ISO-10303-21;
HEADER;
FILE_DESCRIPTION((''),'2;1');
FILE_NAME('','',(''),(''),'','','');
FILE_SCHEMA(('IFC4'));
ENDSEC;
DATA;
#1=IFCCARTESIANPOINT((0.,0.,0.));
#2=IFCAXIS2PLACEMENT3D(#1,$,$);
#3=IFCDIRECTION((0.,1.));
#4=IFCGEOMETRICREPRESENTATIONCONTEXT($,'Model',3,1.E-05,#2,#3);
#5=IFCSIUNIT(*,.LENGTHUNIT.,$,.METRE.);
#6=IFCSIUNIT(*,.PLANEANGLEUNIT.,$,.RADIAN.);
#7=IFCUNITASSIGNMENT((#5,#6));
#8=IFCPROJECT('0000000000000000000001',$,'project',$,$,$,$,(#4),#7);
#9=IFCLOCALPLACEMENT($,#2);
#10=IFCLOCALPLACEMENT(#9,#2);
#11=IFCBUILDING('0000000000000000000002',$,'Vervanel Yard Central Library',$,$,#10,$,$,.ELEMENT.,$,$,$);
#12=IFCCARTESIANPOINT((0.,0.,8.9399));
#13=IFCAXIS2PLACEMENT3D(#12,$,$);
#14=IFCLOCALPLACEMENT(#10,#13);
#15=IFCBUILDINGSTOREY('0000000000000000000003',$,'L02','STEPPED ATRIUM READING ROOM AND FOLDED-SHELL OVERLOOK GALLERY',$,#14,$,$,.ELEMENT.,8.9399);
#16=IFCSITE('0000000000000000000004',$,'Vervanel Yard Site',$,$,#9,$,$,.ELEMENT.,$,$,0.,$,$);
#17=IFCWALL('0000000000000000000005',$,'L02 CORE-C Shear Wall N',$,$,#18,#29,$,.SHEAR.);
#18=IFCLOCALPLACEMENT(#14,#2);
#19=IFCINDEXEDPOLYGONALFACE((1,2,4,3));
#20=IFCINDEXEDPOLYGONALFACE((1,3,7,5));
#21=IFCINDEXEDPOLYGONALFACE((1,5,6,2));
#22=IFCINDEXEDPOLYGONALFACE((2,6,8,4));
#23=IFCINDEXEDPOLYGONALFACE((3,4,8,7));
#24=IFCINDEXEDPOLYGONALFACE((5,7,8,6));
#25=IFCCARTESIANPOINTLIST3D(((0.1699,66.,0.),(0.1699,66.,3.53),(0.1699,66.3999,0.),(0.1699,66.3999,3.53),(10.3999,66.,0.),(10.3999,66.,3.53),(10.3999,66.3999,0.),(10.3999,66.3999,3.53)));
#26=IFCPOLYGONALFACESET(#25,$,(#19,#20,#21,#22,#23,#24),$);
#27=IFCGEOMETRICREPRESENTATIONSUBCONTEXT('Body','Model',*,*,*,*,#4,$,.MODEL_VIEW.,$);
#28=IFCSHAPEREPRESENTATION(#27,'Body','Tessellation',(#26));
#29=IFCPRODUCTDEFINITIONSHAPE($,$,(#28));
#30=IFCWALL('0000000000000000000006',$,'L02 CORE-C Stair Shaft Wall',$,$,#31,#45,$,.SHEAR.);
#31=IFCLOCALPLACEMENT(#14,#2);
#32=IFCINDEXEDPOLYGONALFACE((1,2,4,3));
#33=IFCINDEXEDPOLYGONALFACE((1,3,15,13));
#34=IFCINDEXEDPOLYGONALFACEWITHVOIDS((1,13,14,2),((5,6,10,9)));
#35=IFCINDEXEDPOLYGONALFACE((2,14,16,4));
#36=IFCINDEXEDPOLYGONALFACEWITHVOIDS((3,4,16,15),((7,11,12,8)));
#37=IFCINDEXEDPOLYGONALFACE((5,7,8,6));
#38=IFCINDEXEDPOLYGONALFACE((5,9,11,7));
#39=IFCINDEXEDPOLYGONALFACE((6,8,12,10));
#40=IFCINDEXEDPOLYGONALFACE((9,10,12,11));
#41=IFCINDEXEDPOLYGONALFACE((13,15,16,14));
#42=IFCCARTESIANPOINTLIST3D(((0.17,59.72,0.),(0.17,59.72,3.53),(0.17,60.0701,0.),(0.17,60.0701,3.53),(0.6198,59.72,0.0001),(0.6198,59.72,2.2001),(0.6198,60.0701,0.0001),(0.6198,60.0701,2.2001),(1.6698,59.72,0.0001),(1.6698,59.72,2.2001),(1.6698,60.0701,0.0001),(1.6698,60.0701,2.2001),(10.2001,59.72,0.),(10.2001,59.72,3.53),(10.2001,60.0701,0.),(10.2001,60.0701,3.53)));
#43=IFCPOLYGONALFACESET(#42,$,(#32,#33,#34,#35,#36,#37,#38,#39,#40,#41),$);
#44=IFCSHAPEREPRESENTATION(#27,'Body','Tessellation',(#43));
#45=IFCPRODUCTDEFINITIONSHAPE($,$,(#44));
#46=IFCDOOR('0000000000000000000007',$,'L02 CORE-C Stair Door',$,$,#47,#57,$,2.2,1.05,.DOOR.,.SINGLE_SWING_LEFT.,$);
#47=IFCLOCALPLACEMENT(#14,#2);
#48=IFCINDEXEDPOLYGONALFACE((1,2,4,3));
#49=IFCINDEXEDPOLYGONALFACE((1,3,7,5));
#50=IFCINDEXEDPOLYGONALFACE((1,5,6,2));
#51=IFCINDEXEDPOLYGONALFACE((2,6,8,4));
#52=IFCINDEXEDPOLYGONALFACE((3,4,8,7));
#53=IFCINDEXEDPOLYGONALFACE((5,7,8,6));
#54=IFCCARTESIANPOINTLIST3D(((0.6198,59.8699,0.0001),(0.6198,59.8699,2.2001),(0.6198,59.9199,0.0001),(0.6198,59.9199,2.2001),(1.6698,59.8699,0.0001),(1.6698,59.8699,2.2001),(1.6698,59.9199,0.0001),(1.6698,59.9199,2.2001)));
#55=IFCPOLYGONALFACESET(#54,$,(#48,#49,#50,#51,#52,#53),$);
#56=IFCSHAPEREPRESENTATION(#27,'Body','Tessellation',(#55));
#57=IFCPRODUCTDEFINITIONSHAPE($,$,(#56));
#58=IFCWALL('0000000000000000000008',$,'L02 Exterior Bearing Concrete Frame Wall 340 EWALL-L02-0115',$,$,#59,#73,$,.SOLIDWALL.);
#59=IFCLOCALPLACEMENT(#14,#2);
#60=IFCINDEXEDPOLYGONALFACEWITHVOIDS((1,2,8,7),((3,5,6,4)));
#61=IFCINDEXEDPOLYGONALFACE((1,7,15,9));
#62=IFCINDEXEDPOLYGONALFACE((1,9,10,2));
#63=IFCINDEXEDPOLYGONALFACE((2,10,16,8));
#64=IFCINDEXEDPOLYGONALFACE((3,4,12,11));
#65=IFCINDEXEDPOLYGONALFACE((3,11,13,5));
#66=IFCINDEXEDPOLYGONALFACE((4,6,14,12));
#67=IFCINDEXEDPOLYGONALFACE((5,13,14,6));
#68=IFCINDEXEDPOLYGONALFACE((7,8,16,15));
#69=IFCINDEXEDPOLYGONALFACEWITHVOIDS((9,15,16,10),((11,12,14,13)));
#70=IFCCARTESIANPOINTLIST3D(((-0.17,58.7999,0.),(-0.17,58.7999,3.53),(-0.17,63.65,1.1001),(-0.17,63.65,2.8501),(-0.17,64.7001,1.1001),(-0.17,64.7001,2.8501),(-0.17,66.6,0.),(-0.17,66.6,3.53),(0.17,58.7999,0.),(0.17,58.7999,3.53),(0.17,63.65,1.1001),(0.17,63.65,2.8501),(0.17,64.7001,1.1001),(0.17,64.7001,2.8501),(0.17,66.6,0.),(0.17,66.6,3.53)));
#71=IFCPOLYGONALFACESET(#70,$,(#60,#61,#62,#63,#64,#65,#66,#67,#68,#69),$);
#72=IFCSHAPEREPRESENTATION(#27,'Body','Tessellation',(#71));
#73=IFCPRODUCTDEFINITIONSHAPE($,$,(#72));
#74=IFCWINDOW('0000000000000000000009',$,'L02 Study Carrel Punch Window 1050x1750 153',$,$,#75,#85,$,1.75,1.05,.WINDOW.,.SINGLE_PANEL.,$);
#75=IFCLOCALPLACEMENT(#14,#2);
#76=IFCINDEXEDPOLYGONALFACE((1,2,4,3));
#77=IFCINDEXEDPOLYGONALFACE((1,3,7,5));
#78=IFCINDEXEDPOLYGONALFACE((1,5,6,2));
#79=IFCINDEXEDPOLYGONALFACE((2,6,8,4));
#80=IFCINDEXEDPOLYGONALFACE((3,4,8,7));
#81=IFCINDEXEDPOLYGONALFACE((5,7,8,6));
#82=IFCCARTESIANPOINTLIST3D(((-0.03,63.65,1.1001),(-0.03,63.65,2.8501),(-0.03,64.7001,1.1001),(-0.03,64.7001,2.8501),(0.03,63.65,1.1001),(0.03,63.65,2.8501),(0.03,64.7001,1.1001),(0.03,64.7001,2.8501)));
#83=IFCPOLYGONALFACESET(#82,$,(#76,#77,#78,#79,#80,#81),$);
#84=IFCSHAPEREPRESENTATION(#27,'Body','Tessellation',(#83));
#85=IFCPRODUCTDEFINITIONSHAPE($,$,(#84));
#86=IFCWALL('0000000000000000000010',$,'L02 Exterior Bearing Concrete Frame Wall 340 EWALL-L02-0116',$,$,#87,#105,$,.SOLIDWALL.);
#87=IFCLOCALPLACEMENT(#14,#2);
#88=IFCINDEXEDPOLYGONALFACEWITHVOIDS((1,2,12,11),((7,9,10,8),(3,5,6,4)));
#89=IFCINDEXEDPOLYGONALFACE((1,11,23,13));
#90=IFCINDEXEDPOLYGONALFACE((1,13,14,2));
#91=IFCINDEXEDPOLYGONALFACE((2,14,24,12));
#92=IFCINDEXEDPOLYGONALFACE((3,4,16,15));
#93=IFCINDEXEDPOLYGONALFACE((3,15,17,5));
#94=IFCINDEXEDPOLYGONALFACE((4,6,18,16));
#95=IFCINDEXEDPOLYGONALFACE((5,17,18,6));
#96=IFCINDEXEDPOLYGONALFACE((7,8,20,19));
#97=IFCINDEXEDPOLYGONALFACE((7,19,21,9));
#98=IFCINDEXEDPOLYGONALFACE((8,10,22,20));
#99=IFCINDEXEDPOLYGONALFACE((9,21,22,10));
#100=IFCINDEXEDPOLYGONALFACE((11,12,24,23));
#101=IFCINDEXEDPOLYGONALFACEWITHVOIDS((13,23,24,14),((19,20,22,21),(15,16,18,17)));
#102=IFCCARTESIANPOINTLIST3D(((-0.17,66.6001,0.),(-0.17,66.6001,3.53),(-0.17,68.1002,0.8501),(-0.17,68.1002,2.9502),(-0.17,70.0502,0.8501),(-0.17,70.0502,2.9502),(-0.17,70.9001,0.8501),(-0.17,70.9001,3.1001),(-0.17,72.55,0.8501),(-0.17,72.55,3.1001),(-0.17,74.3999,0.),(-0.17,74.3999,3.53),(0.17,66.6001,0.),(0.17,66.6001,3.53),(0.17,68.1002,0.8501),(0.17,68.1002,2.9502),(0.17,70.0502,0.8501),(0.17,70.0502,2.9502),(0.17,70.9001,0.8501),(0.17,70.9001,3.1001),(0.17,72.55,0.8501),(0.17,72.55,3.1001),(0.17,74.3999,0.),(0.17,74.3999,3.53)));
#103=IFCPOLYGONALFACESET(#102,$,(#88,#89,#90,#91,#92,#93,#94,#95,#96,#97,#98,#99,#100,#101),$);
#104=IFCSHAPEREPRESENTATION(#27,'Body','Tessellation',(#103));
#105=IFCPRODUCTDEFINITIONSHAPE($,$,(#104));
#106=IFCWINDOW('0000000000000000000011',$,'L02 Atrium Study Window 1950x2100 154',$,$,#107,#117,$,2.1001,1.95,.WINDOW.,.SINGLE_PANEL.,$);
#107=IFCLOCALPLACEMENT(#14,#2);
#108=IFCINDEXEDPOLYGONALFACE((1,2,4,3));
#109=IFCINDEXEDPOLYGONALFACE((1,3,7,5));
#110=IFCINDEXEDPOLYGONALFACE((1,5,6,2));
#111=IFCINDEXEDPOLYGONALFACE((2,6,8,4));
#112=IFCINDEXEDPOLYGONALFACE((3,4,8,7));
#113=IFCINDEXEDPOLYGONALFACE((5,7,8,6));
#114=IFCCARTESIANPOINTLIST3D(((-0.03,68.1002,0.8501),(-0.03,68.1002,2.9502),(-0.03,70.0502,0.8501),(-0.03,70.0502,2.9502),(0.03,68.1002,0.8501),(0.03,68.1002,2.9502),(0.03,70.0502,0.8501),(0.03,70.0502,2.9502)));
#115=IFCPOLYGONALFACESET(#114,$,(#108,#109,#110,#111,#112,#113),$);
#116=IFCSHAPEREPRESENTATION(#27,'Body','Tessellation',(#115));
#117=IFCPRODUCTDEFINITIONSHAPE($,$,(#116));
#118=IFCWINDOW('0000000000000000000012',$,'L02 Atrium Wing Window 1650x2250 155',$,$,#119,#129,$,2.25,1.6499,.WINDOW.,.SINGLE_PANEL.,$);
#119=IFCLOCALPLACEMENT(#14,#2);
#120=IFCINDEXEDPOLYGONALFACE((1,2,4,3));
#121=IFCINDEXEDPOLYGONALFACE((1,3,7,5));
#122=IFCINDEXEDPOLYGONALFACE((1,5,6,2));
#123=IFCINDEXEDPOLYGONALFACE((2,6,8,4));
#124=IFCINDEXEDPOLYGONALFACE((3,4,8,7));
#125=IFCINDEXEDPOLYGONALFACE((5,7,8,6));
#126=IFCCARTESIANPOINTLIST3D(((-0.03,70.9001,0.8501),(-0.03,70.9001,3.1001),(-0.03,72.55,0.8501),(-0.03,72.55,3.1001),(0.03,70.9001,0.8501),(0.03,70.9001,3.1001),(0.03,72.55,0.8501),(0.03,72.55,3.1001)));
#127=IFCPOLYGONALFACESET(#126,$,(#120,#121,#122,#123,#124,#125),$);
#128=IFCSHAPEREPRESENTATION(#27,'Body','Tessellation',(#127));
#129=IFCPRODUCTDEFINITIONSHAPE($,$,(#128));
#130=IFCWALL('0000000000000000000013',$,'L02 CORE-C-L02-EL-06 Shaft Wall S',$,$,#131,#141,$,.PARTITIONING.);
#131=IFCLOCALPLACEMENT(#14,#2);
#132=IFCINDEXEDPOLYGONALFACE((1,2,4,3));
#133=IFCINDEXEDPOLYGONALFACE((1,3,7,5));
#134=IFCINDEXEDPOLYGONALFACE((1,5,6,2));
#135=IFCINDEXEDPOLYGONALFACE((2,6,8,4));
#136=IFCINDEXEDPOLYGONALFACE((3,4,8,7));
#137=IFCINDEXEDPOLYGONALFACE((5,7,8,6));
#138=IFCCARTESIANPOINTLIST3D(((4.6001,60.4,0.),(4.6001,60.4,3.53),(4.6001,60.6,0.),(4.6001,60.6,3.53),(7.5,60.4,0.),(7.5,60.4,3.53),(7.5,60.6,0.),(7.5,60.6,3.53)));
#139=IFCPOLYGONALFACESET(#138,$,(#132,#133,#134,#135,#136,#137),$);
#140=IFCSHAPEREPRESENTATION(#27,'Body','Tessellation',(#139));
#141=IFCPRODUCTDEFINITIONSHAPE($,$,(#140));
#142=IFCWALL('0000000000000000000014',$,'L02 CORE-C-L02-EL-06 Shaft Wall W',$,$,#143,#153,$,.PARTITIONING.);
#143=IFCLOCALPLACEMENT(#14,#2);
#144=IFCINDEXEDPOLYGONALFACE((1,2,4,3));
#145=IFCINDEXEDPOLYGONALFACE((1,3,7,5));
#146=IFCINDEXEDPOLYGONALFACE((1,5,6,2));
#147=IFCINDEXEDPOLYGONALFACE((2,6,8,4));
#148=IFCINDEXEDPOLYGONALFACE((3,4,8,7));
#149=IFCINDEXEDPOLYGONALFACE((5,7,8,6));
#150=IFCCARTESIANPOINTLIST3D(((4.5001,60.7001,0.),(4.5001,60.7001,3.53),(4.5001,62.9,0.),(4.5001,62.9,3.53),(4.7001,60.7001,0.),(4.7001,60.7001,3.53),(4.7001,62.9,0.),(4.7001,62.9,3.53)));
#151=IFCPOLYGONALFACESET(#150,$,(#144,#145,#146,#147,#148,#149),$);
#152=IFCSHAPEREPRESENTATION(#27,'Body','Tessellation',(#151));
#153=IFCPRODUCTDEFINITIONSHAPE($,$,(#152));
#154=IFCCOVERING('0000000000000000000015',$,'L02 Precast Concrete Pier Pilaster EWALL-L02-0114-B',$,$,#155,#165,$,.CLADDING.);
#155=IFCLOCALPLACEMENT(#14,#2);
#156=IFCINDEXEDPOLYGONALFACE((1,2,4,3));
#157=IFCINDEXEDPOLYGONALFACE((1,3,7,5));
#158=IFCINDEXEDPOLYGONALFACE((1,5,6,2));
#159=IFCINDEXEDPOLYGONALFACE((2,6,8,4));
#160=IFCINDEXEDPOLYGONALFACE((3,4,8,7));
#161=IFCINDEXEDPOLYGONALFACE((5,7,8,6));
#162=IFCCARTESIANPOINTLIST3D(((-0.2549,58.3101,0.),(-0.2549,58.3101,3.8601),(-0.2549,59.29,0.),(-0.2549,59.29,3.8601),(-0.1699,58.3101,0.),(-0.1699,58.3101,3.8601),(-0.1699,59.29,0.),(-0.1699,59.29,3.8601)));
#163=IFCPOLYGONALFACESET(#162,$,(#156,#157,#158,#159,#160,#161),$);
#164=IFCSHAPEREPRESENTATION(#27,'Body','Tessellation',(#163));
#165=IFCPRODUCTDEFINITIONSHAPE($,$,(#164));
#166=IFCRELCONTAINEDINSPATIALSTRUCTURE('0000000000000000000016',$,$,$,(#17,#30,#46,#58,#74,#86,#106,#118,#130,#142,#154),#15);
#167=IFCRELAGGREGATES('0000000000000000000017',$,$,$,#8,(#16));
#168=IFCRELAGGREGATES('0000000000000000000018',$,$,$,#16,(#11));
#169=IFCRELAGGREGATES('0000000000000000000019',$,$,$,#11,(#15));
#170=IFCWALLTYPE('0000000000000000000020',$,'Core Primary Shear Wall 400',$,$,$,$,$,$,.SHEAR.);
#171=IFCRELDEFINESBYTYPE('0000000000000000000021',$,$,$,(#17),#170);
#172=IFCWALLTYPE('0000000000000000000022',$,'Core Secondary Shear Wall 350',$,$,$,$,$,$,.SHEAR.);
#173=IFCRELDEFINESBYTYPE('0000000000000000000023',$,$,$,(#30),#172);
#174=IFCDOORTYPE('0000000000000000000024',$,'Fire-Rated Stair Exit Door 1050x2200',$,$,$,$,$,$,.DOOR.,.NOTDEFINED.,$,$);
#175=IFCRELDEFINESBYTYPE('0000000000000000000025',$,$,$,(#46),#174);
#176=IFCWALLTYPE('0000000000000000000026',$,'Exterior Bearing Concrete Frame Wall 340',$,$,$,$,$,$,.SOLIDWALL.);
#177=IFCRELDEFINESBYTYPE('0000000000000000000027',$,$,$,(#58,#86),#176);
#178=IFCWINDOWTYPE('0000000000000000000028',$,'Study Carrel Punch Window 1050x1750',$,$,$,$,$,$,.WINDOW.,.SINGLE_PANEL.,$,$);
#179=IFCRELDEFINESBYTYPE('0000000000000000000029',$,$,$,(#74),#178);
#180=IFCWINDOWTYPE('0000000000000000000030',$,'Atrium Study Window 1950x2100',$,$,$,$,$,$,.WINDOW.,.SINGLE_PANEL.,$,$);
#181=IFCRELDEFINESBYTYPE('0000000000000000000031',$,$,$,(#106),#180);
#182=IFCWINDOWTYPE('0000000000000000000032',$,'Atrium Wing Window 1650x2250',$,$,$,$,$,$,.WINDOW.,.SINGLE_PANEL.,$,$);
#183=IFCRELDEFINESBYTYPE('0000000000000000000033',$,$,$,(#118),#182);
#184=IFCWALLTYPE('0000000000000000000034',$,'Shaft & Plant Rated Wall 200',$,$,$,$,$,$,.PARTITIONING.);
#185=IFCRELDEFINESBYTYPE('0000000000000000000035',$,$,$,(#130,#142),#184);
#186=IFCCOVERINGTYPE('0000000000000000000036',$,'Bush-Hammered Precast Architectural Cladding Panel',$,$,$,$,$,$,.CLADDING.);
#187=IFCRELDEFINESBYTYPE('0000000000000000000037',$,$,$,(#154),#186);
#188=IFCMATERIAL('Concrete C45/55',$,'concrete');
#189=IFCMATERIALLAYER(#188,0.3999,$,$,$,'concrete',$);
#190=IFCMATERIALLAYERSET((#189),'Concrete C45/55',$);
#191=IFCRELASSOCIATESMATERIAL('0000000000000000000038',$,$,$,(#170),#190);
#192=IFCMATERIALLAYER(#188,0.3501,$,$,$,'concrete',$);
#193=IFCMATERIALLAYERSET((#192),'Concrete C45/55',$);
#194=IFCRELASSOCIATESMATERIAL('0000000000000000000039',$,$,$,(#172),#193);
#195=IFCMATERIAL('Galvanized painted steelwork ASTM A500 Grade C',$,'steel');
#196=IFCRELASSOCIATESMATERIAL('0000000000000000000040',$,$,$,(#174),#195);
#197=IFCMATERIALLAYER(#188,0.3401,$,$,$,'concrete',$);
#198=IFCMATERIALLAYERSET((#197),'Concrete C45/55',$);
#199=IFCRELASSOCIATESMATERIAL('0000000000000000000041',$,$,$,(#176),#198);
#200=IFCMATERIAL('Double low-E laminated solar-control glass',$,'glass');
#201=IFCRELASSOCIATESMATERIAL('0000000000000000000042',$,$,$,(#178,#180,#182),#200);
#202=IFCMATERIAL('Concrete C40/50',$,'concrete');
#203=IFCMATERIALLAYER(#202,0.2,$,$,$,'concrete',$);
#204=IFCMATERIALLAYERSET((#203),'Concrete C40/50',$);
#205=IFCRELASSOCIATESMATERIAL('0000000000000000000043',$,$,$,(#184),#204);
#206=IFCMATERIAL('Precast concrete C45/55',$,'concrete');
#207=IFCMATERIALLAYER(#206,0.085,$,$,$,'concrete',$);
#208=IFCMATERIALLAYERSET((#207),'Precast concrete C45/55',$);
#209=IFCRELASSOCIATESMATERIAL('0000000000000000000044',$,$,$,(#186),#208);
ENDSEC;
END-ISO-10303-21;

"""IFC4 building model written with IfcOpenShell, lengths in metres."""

from ifc_helpers import new_model, si_unit, direction, frame, frame_2d, origin, origin_2d, place, context, subcontext, project, spatial, rectangle, extrude, material, layer, layer_set, type_object, element, fill, save


model = new_model("IFC4")

# Units and contexts
model_context = context("Model", 3, precision=1e-05, world=origin(), true_north=direction((0.0, 1.0)))
body_context = subcontext(model_context, "Body", "Model", "MODEL_VIEW")
ifc_project = project(units=[si_unit("LENGTHUNIT", "METRE"), si_unit("PLANEANGLEUNIT", "RADIAN")], contexts=[model_context])

# Site, building, storey
site_placement = place(None, origin())
site = spatial("IfcSite", under=ifc_project, at=site_placement, Name="Vervanel Yard Site", CompositionType="ELEMENT", RefElevation=0.0)
building_placement = place(site_placement, origin())
building = spatial("IfcBuilding", under=site, at=building_placement, Name="Vervanel Yard Central Library", CompositionType="ELEMENT")
storey_placement = place(building_placement, frame((0.0, 0.0, 8.9399)))
storey = spatial("IfcBuildingStorey", under=building, at=storey_placement, Name="L02", Description="STEPPED ATRIUM READING ROOM AND FOLDED-SHELL OVERLOOK GALLERY", CompositionType="ELEMENT", Elevation=8.9399)

# Wall
ifc_material_1 = material(Name="Concrete C45/55", Category="concrete")
ifc_layer_1 = layer(ifc_material_1, 0.3999, Category="concrete")
ifc_layer_set_1 = layer_set([ifc_layer_1], Name="Concrete C45/55")
wall_type_1 = type_object("IfcWallType", Name="Core Primary Shear Wall 400", PredefinedType="SHEAR", material=ifc_layer_set_1)
wall_1_placement = place(storey_placement, frame((0.1699, 66.2, 0.0), z_axis=(0.0, 0.0, 1.0), x_axis=(1.0, 0.0, 0.0)))
element("IfcWall", 1, at=wall_1_placement, inside=storey, type_object=wall_type_1, Name="L02 CORE-C Shear Wall N", PredefinedType="SHEAR", context=body_context, shape_type="SweptSolid", body=[
    extrude(rectangle(XDim=10.23, YDim=0.3999, at=frame_2d((5.115, 0.0))), origin(), (0.0, 0.0, 1.0), 3.53),
])

# Wall, opening, door
ifc_layer_2 = layer(ifc_material_1, 0.3501, Category="concrete")
ifc_layer_set_2 = layer_set([ifc_layer_2], Name="Concrete C45/55")
wall_type_2 = type_object("IfcWallType", Name="Core Secondary Shear Wall 350", PredefinedType="SHEAR", material=ifc_layer_set_2)
wall_2_placement = place(storey_placement, frame((0.1699, 59.895, 0.0), z_axis=(0.0, 0.0, 1.0), x_axis=(1.0, 0.0, 0.0)))
wall_2 = element("IfcWall", 2, at=wall_2_placement, inside=storey, type_object=wall_type_2, Name="L02 CORE-C Stair Shaft Wall", PredefinedType="SHEAR", context=body_context, shape_type="SweptSolid", body=[
    extrude(rectangle(XDim=10.03, YDim=0.3501, at=frame_2d((5.0151, 0.0))), origin(), (0.0, 0.0, 1.0), 3.53),
])
opening_1_placement = place(wall_2_placement, frame((0.45, 0.0, 0.0)))
opening_1 = element("IfcOpeningElement", 3, at=opening_1_placement, cuts=wall_2, PredefinedType="OPENING", context=body_context, shape_type="SweptSolid", body=[
    extrude(rectangle(XDim=1.05, YDim=2.2, at=frame_2d((0.5249, 1.1001))), frame((0.0, 0.1851, 0.0), z_axis=(0.0, -1.0, 0.0), x_axis=(1.0, 0.0, 0.0)), (0.0, 0.0, 1.0), 0.3701),
])
ifc_material_2 = material(Name="Galvanized painted steelwork ASTM A500 Grade C", Category="steel")
door_type = type_object("IfcDoorType", Name="Fire-Rated Stair Exit Door 1050x2200", OperationType="NOTDEFINED", PredefinedType="DOOR", material=ifc_material_2)
door_placement = place(opening_1_placement, origin())
door = element("IfcDoor", 4, at=door_placement, inside=storey, type_object=door_type, Name="L02 CORE-C Stair Door", OperationType="SINGLE_SWING_LEFT", OverallHeight=2.2, OverallWidth=1.05, PredefinedType="DOOR", context=body_context, shape_type="SweptSolid", body=[
    extrude(rectangle(XDim=1.05, YDim=2.2, at=frame_2d((0.5249, 1.1001))), frame((0.0, 0.0249, 0.0), z_axis=(0.0, -1.0, 0.0), x_axis=(1.0, 0.0, 0.0)), (0.0, 0.0, 1.0), 0.05),
])
fill(opening_1, door)

# Wall, opening, window
ifc_layer_3 = layer(ifc_material_1, 0.3401, Category="concrete")
ifc_layer_set_3 = layer_set([ifc_layer_3], Name="Concrete C45/55")
wall_type_3 = type_object("IfcWallType", Name="Exterior Bearing Concrete Frame Wall 340", PredefinedType="SOLIDWALL", material=ifc_layer_set_3)
wall_3_placement = place(storey_placement, frame((0.0, 58.8, 0.0), z_axis=(0.0, 0.0, 1.0), x_axis=(0.0, 1.0, 0.0)))
wall_3 = element("IfcWall", 5, at=wall_3_placement, inside=storey, type_object=wall_type_3, Name="L02 Exterior Bearing Concrete Frame Wall 340 EWALL-L02-0115", PredefinedType="SOLIDWALL", context=body_context, shape_type="SweptSolid", body=[
    extrude(rectangle(XDim=7.8, YDim=0.3401, at=frame_2d((3.8999, 0.0))), origin(), (0.0, 0.0, 1.0), 3.53),
])
opening_2_placement = place(wall_3_placement, frame((4.8501, 0.0, 1.1001)))
opening_2 = element("IfcOpeningElement", 6, at=opening_2_placement, cuts=wall_3, PredefinedType="OPENING", context=body_context, shape_type="SweptSolid", body=[
    extrude(rectangle(XDim=1.05, YDim=1.75, at=frame_2d((0.5249, 0.875))), frame((0.0, 0.1799, 0.0), z_axis=(0.0, -1.0, 0.0), x_axis=(1.0, 0.0, 0.0)), (0.0, 0.0, 1.0), 0.3601),
])
ifc_material_3 = material(Name="Double low-E laminated solar-control glass", Category="glass")
window_type_1 = type_object("IfcWindowType", Name="Study Carrel Punch Window 1050x1750", PartitioningType="SINGLE_PANEL", PredefinedType="WINDOW", material=ifc_material_3)
window_1_placement = place(opening_2_placement, origin())
window_1 = element("IfcWindow", 7, at=window_1_placement, inside=storey, type_object=window_type_1, Name="L02 Study Carrel Punch Window 1050x1750 153", OverallHeight=1.75, OverallWidth=1.05, PartitioningType="SINGLE_PANEL", PredefinedType="WINDOW", context=body_context, shape_type="SweptSolid", body=[
    extrude(rectangle(XDim=1.05, YDim=1.75, at=frame_2d((0.5249, 0.875))), frame((0.0, 0.03, 0.0), z_axis=(0.0, -1.0, 0.0), x_axis=(1.0, 0.0, 0.0)), (0.0, 0.0, 1.0), 0.0601),
])
fill(opening_2, window_1)

# Wall, openings, windows
wall_4_placement = place(storey_placement, frame((0.0, 66.6001, 0.0), z_axis=(0.0, 0.0, 1.0), x_axis=(0.0, 1.0, 0.0)))
wall_4 = element("IfcWall", 8, at=wall_4_placement, inside=storey, type_object=wall_type_3, Name="L02 Exterior Bearing Concrete Frame Wall 340 EWALL-L02-0116", PredefinedType="SOLIDWALL", context=body_context, shape_type="SweptSolid", body=[
    extrude(rectangle(XDim=7.7998, YDim=0.3401, at=frame_2d((3.8999, 0.0))), origin(), (0.0, 0.0, 1.0), 3.53),
])
opening_3_placement = place(wall_4_placement, frame((1.5, 0.0, 0.8501)))
opening_3 = element("IfcOpeningElement", 9, at=opening_3_placement, cuts=wall_4, PredefinedType="OPENING", context=body_context, shape_type="SweptSolid", body=[
    extrude(rectangle(XDim=1.95, YDim=2.1001, at=frame_2d((0.9751, 1.05))), frame((0.0, 0.1799, 0.0), z_axis=(0.0, -1.0, 0.0), x_axis=(1.0, 0.0, 0.0)), (0.0, 0.0, 1.0), 0.3601),
])
opening_4_placement = place(wall_4_placement, frame((4.3, 0.0, 0.8501)))
opening_4 = element("IfcOpeningElement", 10, at=opening_4_placement, cuts=wall_4, PredefinedType="OPENING", context=body_context, shape_type="SweptSolid", body=[
    extrude(rectangle(XDim=1.6499, YDim=2.25, at=frame_2d((0.825, 1.125))), frame((0.0, 0.1799, 0.0), z_axis=(0.0, -1.0, 0.0), x_axis=(1.0, 0.0, 0.0)), (0.0, 0.0, 1.0), 0.3601),
])
window_type_2 = type_object("IfcWindowType", Name="Atrium Study Window 1950x2100", PartitioningType="SINGLE_PANEL", PredefinedType="WINDOW", material=ifc_material_3)
window_2_placement = place(opening_3_placement, origin())
window_2 = element("IfcWindow", 11, at=window_2_placement, inside=storey, type_object=window_type_2, Name="L02 Atrium Study Window 1950x2100 154", OverallHeight=2.1001, OverallWidth=1.95, PartitioningType="SINGLE_PANEL", PredefinedType="WINDOW", context=body_context, shape_type="SweptSolid", body=[
    extrude(rectangle(XDim=1.95, YDim=2.1001, at=frame_2d((0.9751, 1.05))), frame((0.0, 0.03, 0.0), z_axis=(0.0, -1.0, 0.0), x_axis=(1.0, 0.0, 0.0)), (0.0, 0.0, 1.0), 0.0601),
])
fill(opening_3, window_2)
window_type_3 = type_object("IfcWindowType", Name="Atrium Wing Window 1650x2250", PartitioningType="SINGLE_PANEL", PredefinedType="WINDOW", material=ifc_material_3)
window_3_placement = place(opening_4_placement, origin())
window_3 = element("IfcWindow", 12, at=window_3_placement, inside=storey, type_object=window_type_3, Name="L02 Atrium Wing Window 1650x2250 155", OverallHeight=2.25, OverallWidth=1.6499, PartitioningType="SINGLE_PANEL", PredefinedType="WINDOW", context=body_context, shape_type="SweptSolid", body=[
    extrude(rectangle(XDim=1.6499, YDim=2.25, at=frame_2d((0.825, 1.125))), frame((0.0, 0.03, 0.0), z_axis=(0.0, -1.0, 0.0), x_axis=(1.0, 0.0, 0.0)), (0.0, 0.0, 1.0), 0.0601),
])
fill(opening_4, window_3)

# Walls
ifc_material_4 = material(Name="Concrete C40/50", Category="concrete")
ifc_layer_4 = layer(ifc_material_4, 0.2, Category="concrete")
ifc_layer_set_4 = layer_set([ifc_layer_4], Name="Concrete C40/50")
wall_type_4 = type_object("IfcWallType", Name="Shaft & Plant Rated Wall 200", PredefinedType="PARTITIONING", material=ifc_layer_set_4)
wall_5_placement = place(storey_placement, frame((4.6001, 60.5, 0.0), z_axis=(0.0, 0.0, 1.0), x_axis=(1.0, 0.0, 0.0)))
element("IfcWall", 13, at=wall_5_placement, inside=storey, type_object=wall_type_4, Name="L02 CORE-C-L02-EL-06 Shaft Wall S", PredefinedType="PARTITIONING", context=body_context, shape_type="SweptSolid", body=[
    extrude(rectangle(XDim=2.8999, YDim=0.2, at=frame_2d((1.45, 0.0))), origin(), (0.0, 0.0, 1.0), 3.53),
])
wall_6_placement = place(storey_placement, frame((4.6001, 60.7, 0.0), z_axis=(0.0, 0.0, 1.0), x_axis=(0.0, 1.0, 0.0)))
element("IfcWall", 14, at=wall_6_placement, inside=storey, type_object=wall_type_4, Name="L02 CORE-C-L02-EL-06 Shaft Wall W", PredefinedType="PARTITIONING", context=body_context, shape_type="SweptSolid", body=[
    extrude(rectangle(XDim=2.2, YDim=0.2, at=frame_2d((1.1001, 0.0))), origin(), (0.0, 0.0, 1.0), 3.53),
])

# Covering
ifc_material_5 = material(Name="Precast concrete C45/55", Category="concrete")
ifc_layer_5 = layer(ifc_material_5, 0.085, Category="concrete")
ifc_layer_set_5 = layer_set([ifc_layer_5], Name="Precast concrete C45/55")
covering_type = type_object("IfcCoveringType", Name="Bush-Hammered Precast Architectural Cladding Panel", PredefinedType="CLADDING", material=ifc_layer_set_5)
covering_1_placement = place(storey_placement, frame((-0.2124, 58.8, 0.0), z_axis=(0.0, 0.0, 1.0), x_axis=(0.0, 1.0, 0.0)))
element("IfcCovering", 15, at=covering_1_placement, inside=storey, type_object=covering_type, Name="L02 Precast Concrete Pier Pilaster EWALL-L02-0114-B", PredefinedType="CLADDING", context=body_context, shape_type="SweptSolid", body=[
    extrude(rectangle(XDim=0.98, YDim=0.085, at=origin_2d()), origin(), (0.0, 0.0, 1.0), 3.8601),
])

save(model, "model.ifc")
